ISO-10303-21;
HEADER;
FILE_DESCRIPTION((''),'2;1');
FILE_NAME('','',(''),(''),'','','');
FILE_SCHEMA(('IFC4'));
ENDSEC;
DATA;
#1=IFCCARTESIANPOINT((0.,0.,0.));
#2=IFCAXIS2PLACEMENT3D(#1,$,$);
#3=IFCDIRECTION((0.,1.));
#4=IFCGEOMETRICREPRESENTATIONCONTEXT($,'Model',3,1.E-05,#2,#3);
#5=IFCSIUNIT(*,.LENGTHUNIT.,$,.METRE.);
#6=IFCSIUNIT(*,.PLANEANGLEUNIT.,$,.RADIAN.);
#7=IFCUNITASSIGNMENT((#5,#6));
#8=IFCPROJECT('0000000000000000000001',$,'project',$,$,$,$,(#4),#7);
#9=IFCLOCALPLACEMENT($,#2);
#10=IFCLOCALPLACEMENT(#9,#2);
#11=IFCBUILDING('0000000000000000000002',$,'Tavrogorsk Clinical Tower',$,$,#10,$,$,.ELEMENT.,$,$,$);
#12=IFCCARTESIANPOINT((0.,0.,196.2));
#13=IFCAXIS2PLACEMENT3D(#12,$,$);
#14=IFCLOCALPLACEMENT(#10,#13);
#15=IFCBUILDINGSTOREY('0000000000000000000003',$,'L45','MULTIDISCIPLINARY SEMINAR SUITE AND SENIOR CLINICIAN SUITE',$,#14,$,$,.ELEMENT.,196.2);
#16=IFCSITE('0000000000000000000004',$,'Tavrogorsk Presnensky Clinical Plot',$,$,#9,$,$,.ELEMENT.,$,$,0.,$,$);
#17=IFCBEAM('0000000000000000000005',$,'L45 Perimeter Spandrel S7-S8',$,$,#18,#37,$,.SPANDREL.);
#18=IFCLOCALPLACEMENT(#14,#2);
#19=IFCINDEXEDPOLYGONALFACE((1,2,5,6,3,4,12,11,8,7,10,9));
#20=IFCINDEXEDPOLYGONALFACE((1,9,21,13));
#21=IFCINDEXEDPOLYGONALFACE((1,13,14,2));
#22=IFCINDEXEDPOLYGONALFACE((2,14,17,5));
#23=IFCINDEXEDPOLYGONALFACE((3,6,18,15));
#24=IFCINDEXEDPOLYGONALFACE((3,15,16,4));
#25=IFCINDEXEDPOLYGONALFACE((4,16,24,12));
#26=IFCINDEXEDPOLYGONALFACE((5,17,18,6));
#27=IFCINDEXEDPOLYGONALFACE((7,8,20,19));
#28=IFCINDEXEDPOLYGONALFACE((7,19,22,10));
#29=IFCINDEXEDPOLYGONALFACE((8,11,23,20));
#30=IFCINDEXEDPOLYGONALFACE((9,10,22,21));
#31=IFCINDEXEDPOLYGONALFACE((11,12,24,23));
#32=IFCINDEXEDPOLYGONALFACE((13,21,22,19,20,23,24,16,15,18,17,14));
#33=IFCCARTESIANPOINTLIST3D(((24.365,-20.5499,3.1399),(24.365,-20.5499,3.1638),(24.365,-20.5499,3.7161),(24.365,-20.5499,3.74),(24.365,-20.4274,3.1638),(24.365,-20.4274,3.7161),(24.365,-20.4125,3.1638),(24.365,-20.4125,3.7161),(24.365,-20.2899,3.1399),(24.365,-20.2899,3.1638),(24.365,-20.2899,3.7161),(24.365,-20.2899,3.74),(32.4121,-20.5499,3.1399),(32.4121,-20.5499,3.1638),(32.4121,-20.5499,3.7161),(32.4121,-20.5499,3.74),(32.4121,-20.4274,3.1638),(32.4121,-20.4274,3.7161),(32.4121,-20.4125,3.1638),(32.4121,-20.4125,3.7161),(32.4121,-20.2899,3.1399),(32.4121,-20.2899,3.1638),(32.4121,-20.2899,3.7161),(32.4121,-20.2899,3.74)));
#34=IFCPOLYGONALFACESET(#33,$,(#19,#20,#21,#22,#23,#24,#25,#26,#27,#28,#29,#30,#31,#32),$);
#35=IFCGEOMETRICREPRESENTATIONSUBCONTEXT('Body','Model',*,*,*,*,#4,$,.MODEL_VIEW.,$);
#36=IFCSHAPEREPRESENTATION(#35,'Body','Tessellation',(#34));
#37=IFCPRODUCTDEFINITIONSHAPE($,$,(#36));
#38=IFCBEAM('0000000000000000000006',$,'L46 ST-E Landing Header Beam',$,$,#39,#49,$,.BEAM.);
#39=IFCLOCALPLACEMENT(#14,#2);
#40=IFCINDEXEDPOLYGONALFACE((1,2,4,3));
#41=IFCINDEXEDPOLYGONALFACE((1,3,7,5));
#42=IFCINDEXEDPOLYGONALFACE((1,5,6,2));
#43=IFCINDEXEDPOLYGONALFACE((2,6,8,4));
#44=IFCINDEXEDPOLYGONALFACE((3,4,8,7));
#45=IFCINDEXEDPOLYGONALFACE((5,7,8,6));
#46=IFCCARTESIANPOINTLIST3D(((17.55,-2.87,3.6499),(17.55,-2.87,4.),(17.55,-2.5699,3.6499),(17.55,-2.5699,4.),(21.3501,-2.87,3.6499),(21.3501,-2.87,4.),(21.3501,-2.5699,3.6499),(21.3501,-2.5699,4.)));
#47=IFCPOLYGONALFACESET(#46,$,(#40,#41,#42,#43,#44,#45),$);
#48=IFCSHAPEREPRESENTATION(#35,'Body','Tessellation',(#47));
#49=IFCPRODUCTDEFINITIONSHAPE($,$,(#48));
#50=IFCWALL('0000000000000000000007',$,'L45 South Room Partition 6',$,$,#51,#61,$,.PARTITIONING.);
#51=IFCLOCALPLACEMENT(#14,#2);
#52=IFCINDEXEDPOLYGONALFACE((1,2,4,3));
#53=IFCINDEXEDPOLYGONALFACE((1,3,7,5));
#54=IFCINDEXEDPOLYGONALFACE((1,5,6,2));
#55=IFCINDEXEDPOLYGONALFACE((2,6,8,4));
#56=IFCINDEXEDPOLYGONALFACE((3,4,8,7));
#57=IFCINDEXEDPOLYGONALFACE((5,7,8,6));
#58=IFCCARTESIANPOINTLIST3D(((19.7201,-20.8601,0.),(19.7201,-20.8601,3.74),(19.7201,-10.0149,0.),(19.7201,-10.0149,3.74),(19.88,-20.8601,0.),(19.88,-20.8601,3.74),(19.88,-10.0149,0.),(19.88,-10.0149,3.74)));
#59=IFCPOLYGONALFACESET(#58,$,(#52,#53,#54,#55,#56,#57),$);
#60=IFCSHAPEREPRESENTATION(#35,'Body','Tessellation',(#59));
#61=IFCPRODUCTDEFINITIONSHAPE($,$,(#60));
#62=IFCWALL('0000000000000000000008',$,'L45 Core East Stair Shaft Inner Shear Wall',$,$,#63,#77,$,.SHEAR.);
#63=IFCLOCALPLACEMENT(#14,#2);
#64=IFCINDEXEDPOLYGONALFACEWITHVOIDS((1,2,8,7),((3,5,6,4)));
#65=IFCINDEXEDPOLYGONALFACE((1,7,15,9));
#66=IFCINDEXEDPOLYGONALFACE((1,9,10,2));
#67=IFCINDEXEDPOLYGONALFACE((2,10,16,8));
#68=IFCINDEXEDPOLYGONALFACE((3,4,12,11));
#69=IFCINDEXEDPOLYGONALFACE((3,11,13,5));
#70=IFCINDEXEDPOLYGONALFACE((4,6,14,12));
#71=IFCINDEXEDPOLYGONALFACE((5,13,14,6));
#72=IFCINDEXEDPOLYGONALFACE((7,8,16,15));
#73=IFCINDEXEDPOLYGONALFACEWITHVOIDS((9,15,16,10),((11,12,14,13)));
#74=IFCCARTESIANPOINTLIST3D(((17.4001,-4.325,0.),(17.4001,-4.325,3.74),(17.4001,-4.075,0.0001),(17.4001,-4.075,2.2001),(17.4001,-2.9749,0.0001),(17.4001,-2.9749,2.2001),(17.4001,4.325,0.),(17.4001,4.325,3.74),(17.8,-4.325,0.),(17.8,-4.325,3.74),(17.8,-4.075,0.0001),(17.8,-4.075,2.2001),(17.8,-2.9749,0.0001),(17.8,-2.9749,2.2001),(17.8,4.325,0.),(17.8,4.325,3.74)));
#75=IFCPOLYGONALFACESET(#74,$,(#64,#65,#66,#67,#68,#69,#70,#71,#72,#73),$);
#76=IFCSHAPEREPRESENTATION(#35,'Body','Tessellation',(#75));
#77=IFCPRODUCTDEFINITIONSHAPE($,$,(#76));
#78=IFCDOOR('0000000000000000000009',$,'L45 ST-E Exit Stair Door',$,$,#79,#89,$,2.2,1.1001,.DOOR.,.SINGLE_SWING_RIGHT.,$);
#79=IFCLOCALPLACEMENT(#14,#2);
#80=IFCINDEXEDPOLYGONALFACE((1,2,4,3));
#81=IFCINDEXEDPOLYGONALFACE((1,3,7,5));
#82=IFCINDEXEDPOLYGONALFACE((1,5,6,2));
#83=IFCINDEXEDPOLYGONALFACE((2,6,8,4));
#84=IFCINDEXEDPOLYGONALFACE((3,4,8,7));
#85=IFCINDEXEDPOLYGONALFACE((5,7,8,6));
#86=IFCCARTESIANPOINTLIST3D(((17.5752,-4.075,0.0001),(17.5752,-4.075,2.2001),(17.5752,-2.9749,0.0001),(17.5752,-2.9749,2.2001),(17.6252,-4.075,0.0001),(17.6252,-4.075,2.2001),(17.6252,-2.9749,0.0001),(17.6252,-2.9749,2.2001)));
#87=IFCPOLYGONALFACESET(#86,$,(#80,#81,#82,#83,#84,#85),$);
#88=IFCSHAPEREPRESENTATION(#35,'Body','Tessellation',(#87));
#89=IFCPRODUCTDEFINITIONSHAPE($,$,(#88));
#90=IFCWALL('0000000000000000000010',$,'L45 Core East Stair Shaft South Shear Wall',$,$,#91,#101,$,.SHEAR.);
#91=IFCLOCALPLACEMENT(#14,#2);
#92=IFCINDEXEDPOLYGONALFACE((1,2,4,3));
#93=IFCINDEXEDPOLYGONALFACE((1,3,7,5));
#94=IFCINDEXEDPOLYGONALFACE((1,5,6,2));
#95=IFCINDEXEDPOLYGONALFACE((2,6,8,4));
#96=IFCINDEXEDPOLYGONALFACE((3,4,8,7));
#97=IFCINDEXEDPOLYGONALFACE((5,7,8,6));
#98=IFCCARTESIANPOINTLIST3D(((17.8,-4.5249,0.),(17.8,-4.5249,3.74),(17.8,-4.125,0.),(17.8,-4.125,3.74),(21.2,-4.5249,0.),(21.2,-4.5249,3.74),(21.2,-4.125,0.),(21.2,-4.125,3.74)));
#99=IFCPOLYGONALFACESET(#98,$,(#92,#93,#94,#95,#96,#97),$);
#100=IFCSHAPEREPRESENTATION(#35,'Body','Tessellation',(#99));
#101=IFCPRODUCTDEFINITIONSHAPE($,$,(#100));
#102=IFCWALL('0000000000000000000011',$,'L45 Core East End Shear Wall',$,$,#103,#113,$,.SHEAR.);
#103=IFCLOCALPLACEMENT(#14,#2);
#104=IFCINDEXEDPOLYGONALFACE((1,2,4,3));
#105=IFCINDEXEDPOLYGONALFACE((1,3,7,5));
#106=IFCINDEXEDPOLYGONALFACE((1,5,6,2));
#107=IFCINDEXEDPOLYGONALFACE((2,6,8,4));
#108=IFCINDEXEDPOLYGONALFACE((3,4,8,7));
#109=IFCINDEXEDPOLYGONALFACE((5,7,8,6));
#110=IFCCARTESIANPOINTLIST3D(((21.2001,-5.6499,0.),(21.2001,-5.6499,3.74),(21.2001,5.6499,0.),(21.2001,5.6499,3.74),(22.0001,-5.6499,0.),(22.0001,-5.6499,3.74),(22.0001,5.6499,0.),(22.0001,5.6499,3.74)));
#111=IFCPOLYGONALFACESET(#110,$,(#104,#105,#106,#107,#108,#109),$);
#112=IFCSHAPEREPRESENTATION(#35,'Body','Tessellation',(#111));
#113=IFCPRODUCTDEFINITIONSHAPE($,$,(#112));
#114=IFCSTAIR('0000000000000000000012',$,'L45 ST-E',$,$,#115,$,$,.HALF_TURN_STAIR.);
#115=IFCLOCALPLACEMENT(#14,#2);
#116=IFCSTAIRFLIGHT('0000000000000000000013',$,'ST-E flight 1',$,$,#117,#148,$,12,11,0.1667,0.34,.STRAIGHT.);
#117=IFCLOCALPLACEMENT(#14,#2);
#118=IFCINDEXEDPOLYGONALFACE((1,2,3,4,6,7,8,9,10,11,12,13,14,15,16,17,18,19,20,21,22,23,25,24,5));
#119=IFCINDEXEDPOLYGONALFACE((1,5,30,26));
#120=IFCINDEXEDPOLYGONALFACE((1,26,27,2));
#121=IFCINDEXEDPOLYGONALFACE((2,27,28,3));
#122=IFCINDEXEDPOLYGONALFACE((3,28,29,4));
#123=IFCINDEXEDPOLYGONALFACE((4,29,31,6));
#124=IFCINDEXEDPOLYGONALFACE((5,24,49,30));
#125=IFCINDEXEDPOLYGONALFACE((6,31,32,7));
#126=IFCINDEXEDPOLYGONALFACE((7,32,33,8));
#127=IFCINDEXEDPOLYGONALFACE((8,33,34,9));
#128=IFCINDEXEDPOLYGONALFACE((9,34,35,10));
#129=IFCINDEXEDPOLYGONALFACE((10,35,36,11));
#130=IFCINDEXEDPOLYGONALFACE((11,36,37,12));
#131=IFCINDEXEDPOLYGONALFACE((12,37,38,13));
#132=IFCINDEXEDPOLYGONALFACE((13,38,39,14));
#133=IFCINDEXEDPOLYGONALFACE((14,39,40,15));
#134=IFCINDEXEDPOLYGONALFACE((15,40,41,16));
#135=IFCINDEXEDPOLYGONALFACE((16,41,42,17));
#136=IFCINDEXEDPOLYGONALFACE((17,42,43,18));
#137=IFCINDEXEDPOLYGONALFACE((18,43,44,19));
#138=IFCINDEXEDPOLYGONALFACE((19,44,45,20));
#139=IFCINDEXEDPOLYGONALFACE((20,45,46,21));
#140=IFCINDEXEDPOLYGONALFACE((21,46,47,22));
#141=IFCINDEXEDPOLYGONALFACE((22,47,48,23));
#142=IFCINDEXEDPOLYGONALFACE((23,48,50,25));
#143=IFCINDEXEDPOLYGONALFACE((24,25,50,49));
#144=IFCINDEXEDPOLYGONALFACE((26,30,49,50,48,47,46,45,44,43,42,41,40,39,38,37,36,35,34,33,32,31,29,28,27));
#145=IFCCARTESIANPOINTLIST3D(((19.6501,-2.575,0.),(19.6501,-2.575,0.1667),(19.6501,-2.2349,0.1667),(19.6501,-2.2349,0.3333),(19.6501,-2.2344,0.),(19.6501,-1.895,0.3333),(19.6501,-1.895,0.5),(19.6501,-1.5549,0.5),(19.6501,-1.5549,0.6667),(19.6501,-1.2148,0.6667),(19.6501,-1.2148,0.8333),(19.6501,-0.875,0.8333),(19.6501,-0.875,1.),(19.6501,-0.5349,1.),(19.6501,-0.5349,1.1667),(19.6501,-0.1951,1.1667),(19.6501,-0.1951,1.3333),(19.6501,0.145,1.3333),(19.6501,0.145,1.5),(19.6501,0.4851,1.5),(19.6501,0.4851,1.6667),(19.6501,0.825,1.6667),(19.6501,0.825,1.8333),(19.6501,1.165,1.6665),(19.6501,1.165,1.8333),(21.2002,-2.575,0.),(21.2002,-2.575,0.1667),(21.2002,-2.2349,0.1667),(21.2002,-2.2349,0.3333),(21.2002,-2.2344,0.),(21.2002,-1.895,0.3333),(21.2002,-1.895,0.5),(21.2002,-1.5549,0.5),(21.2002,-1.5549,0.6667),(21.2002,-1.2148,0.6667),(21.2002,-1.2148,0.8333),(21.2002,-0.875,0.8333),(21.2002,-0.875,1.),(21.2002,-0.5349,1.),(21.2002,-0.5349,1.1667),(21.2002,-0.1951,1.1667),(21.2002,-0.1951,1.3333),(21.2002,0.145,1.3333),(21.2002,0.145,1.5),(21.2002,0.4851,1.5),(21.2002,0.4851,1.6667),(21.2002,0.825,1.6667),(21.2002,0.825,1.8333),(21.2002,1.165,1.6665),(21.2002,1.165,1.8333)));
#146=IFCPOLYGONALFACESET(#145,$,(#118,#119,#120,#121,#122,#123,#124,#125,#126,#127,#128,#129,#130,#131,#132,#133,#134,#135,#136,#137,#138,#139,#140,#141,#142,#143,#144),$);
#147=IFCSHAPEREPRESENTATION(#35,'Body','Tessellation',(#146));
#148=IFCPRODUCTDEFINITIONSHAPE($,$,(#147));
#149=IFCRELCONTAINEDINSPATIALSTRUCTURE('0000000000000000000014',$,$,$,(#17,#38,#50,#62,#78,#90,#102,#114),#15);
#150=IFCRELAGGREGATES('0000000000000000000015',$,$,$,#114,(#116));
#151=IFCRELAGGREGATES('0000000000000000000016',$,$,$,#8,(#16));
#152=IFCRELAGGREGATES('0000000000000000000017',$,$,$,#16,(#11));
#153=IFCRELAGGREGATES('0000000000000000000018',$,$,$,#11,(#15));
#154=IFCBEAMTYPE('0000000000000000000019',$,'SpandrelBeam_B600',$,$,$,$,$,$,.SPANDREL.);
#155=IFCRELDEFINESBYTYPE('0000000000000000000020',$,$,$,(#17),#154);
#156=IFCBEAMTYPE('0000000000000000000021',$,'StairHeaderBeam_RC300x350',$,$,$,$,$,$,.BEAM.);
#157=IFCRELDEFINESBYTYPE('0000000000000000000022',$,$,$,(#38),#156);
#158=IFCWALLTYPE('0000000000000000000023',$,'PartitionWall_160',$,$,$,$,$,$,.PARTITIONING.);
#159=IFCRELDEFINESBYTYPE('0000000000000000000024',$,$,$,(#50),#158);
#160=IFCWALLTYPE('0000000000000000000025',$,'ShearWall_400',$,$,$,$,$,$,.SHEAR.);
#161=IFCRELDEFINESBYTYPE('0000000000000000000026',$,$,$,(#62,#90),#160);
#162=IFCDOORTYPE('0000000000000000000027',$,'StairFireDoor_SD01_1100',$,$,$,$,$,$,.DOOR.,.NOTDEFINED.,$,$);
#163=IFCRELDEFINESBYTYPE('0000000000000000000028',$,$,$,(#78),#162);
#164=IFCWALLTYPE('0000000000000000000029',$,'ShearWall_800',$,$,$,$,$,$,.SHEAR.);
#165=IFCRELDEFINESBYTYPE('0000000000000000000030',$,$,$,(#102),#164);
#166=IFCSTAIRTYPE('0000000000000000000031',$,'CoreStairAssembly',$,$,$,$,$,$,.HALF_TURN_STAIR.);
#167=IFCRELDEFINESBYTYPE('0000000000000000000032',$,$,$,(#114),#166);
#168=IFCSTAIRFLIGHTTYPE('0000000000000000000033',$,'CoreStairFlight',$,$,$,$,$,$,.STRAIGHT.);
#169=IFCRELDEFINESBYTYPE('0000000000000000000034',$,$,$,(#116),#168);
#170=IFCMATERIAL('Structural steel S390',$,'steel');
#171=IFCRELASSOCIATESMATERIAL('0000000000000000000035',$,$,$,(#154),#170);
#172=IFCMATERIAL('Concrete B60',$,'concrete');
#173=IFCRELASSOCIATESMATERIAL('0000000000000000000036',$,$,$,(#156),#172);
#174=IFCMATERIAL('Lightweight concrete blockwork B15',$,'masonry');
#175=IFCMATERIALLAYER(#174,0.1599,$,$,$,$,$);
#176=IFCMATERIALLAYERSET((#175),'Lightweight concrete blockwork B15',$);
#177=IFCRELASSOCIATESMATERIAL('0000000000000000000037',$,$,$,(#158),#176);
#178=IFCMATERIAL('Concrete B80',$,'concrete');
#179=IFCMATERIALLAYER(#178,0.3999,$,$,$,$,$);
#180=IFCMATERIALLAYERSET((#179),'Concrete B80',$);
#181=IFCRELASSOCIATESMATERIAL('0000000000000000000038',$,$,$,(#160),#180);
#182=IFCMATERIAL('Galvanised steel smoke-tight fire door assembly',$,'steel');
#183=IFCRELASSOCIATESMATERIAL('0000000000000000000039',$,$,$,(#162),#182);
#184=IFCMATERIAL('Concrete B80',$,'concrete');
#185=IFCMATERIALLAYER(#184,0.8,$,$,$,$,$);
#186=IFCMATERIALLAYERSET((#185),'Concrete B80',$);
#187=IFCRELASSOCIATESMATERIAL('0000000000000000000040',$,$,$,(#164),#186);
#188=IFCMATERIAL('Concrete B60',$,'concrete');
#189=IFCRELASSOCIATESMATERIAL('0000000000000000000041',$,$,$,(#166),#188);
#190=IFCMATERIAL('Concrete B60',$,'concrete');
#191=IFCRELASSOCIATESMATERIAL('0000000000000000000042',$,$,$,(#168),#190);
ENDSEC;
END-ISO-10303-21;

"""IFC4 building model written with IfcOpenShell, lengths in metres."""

from ifc_helpers import new_model, si_unit, direction, frame, frame_2d, origin, origin_2d, place, context, subcontext, project, spatial, polyline, rectangle, i_section, outline, extrude, material, layer, layer_set, material_profile, profile_set, type_object, element, fill, aggregate, save


model = new_model("IFC4")

# Units and contexts
model_context = context("Model", 3, precision=1e-05, world=origin(), true_north=direction((0.0, 1.0)))
body_context = subcontext(model_context, "Body", "Model", "MODEL_VIEW")
ifc_project = project(units=[si_unit("LENGTHUNIT", "METRE"), si_unit("PLANEANGLEUNIT", "RADIAN")], contexts=[model_context])

# Site, building, storey
site_placement = place(None, origin())
site = spatial("IfcSite", under=ifc_project, at=site_placement, Name="Tavrogorsk Presnensky Clinical Plot", CompositionType="ELEMENT", RefElevation=0.0)
building_placement = place(site_placement, origin())
building = spatial("IfcBuilding", under=site, at=building_placement, Name="Tavrogorsk Clinical Tower", CompositionType="ELEMENT")
storey_placement = place(building_placement, frame((0.0, 0.0, 196.2)))
storey = spatial("IfcBuildingStorey", under=building, at=storey_placement, Name="L45", Description="MULTIDISCIPLINARY SEMINAR SUITE AND SENIOR CLINICIAN SUITE", CompositionType="ELEMENT", Elevation=196.2)

# Beams
ifc_material_1 = material(Name="Structural steel S390", Category="steel")
ifc_material_profile_1 = material_profile(ifc_material_1, i_section(OverallWidth=0.26, OverallDepth=0.6001, WebThickness=0.0149, FlangeThickness=0.0239, at=origin_2d()), Name="B-600x260x15x24")
ifc_profile_set_1 = profile_set([ifc_material_profile_1], Name="Structural steel S390")
beam_type_1 = type_object("IfcBeamType", Name="SpandrelBeam_B600", PredefinedType="SPANDREL", material=ifc_profile_set_1)
beam_1_placement = place(storey_placement, frame((24.365, -20.4199, 3.4399), z_axis=(1.0, 0.0, 0.0), x_axis=(0.0, 1.0, 0.0)))
element("IfcBeam", 1, at=beam_1_placement, inside=storey, type_object=beam_type_1, Name="L45 Perimeter Spandrel S7-S8", PredefinedType="SPANDREL", context=body_context, shape_type="SweptSolid", body=[
    extrude(i_section(OverallWidth=0.26, OverallDepth=0.6001, WebThickness=0.0149, FlangeThickness=0.0239, at=origin_2d()), origin(), (0.0, 0.0, 1.0), 8.0471),
])
ifc_material_2 = material(Name="Concrete B60", Category="concrete")
ifc_material_profile_2 = material_profile(ifc_material_2, rectangle(XDim=0.3, YDim=0.3501, at=origin_2d()), Name="RC-SHB-300x350")
ifc_profile_set_2 = profile_set([ifc_material_profile_2], Name="Concrete B60")
beam_type_2 = type_object("IfcBeamType", Name="StairHeaderBeam_RC300x350", PredefinedType="BEAM", material=ifc_profile_set_2)
beam_2_placement = place(storey_placement, frame((17.55, -2.72, 3.825), z_axis=(1.0, 0.0, 0.0), x_axis=(0.0, 1.0, 0.0)))
element("IfcBeam", 2, at=beam_2_placement, inside=storey, type_object=beam_type_2, Name="L46 ST-E Landing Header Beam", PredefinedType="BEAM", context=body_context, shape_type="SweptSolid", body=[
    extrude(rectangle(XDim=0.3, YDim=0.3501, at=origin_2d()), origin(), (0.0, 0.0, 1.0), 3.8),
])

# Wall
ifc_material_3 = material(Name="Lightweight concrete blockwork B15", Category="masonry")
ifc_layer_1 = layer(ifc_material_3, 0.1599)
ifc_layer_set_1 = layer_set([ifc_layer_1], Name="Lightweight concrete blockwork B15")
wall_type_1 = type_object("IfcWallType", Name="PartitionWall_160", PredefinedType="PARTITIONING", material=ifc_layer_set_1)
wall_1_placement = place(storey_placement, frame((19.8, -20.8601, 0.0), z_axis=(0.0, 0.0, 1.0), x_axis=(0.0, 1.0, 0.0)))
element("IfcWall", 3, at=wall_1_placement, inside=storey, type_object=wall_type_1, Name="L45 South Room Partition 6", PredefinedType="PARTITIONING", context=body_context, shape_type="SweptSolid", body=[
    extrude(rectangle(XDim=10.8452, YDim=0.1599, at=frame_2d((5.4226, 0.0))), origin(), (0.0, 0.0, 1.0), 3.74),
])

# Wall, opening, door
ifc_material_4 = material(Name="Concrete B80", Category="concrete")
ifc_layer_2 = layer(ifc_material_4, 0.3999)
ifc_layer_set_2 = layer_set([ifc_layer_2], Name="Concrete B80")
wall_type_2 = type_object("IfcWallType", Name="ShearWall_400", PredefinedType="SHEAR", material=ifc_layer_set_2)
wall_2_placement = place(storey_placement, frame((17.6001, -4.325, 0.0), z_axis=(0.0, 0.0, 1.0), x_axis=(0.0, 1.0, 0.0)))
wall_2 = element("IfcWall", 4, at=wall_2_placement, inside=storey, type_object=wall_type_2, Name="L45 Core East Stair Shaft Inner Shear Wall", PredefinedType="SHEAR", context=body_context, shape_type="SweptSolid", body=[
    extrude(rectangle(XDim=8.6499, YDim=0.3999, at=frame_2d((4.325, 0.0))), origin(), (0.0, 0.0, 1.0), 3.74),
])
opening_placement = place(wall_2_placement, frame((0.25, 0.0, 0.0)))
opening = element("IfcOpeningElement", 5, at=opening_placement, cuts=wall_2, PredefinedType="OPENING", context=body_context, shape_type="SweptSolid", body=[
    extrude(rectangle(XDim=1.1001, YDim=2.2, at=frame_2d((0.55, 1.1001))), frame((0.0, 0.21, 0.0), z_axis=(0.0, -1.0, 0.0), x_axis=(1.0, 0.0, 0.0)), (0.0, 0.0, 1.0), 0.4199),
])
ifc_material_5 = material(Name="Galvanised steel smoke-tight fire door assembly", Category="steel")
door_type = type_object("IfcDoorType", Name="StairFireDoor_SD01_1100", OperationType="NOTDEFINED", PredefinedType="DOOR", material=ifc_material_5)
door_placement = place(opening_placement, origin())
door = element("IfcDoor", 6, at=door_placement, inside=storey, type_object=door_type, Name="L45 ST-E Exit Stair Door", OperationType="SINGLE_SWING_RIGHT", OverallHeight=2.2, OverallWidth=1.1001, PredefinedType="DOOR", context=body_context, shape_type="SweptSolid", body=[
    extrude(rectangle(XDim=1.1001, YDim=2.2, at=frame_2d((0.55, 1.1001))), frame((0.0, 0.0249, 0.0), z_axis=(0.0, -1.0, 0.0), x_axis=(1.0, 0.0, 0.0)), (0.0, 0.0, 1.0), 0.05),
])
fill(opening, door)

# Walls
wall_3_placement = place(storey_placement, frame((17.8, -4.325, 0.0), z_axis=(0.0, 0.0, 1.0), x_axis=(1.0, 0.0, 0.0)))
element("IfcWall", 7, at=wall_3_placement, inside=storey, type_object=wall_type_2, Name="L45 Core East Stair Shaft South Shear Wall", PredefinedType="SHEAR", context=body_context, shape_type="SweptSolid", body=[
    extrude(rectangle(XDim=3.3999, YDim=0.3999, at=frame_2d((1.7, 0.0))), origin(), (0.0, 0.0, 1.0), 3.74),
])
ifc_material_6 = material(Name="Concrete B80", Category="concrete")
ifc_layer_3 = layer(ifc_material_6, 0.8)
ifc_layer_set_3 = layer_set([ifc_layer_3], Name="Concrete B80")
wall_type_3 = type_object("IfcWallType", Name="ShearWall_800", PredefinedType="SHEAR", material=ifc_layer_set_3)
wall_4_placement = place(storey_placement, frame((21.6001, -5.6499, 0.0), z_axis=(0.0, 0.0, 1.0), x_axis=(0.0, 1.0, 0.0)))
element("IfcWall", 8, at=wall_4_placement, inside=storey, type_object=wall_type_3, Name="L45 Core East End Shear Wall", PredefinedType="SHEAR", context=body_context, shape_type="SweptSolid", body=[
    extrude(rectangle(XDim=11.2998, YDim=0.8, at=frame_2d((5.6499, 0.0))), origin(), (0.0, 0.0, 1.0), 3.74),
])

# Stair, stair flight
ifc_material_7 = material(Name="Concrete B60", Category="concrete")
stair_type = type_object("IfcStairType", Name="CoreStairAssembly", PredefinedType="HALF_TURN_STAIR", material=ifc_material_7)
stair_placement = place(storey_placement, origin())
stair = element("IfcStair", 9, at=stair_placement, inside=storey, type_object=stair_type, Name="L45 ST-E", PredefinedType="HALF_TURN_STAIR")
ifc_material_8 = material(Name="Concrete B60", Category="concrete")
stair_flight_type = type_object("IfcStairFlightType", Name="CoreStairFlight", PredefinedType="STRAIGHT", material=ifc_material_8)
stair_flight_placement = place(storey_placement, frame((20.425, -2.575, 0.0), z_axis=(0.0, 0.0, 1.0), x_axis=(0.0, 1.0, 0.0)))
stair_flight = element("IfcStairFlight", 10, at=stair_flight_placement, type_object=stair_flight_type, Name="ST-E flight 1", NumberOfRisers=12, NumberOfTreads=11, PredefinedType="STRAIGHT", RiserHeight=0.1667, TreadLength=0.34, context=body_context, shape_type="SweptSolid", body=[
    extrude(outline(polyline([(0.0, 0.0), (0.0, 0.1667), (0.3401, 0.1667), (0.3401, 0.3333), (0.6799, 0.3333), (0.6799, 0.5), (1.02, 0.5), (1.02, 0.6667), (1.3601, 0.6667), (1.3601, 0.8333), (1.7, 0.8333), (1.7, 1.0), (2.04, 1.0), (2.04, 1.1667), (2.3799, 1.1667), (2.3799, 1.3333), (2.72, 1.3333), (2.72, 1.5), (3.0601, 1.5), (3.0601, 1.6667), (3.3999, 1.6667), (3.3999, 1.8333), (3.74, 1.8333), (3.74, 2.0), (3.74, 1.6665), (0.3406, 0.0), (0.0, 0.0)])), frame((0.0, 0.7749, 0.0), z_axis=(0.0, -1.0, 0.0), x_axis=(1.0, 0.0, 0.0)), (0.0, 0.0, 1.0), 1.55),
])
aggregate(stair, [stair_flight])

save(model, "model.ifc")
